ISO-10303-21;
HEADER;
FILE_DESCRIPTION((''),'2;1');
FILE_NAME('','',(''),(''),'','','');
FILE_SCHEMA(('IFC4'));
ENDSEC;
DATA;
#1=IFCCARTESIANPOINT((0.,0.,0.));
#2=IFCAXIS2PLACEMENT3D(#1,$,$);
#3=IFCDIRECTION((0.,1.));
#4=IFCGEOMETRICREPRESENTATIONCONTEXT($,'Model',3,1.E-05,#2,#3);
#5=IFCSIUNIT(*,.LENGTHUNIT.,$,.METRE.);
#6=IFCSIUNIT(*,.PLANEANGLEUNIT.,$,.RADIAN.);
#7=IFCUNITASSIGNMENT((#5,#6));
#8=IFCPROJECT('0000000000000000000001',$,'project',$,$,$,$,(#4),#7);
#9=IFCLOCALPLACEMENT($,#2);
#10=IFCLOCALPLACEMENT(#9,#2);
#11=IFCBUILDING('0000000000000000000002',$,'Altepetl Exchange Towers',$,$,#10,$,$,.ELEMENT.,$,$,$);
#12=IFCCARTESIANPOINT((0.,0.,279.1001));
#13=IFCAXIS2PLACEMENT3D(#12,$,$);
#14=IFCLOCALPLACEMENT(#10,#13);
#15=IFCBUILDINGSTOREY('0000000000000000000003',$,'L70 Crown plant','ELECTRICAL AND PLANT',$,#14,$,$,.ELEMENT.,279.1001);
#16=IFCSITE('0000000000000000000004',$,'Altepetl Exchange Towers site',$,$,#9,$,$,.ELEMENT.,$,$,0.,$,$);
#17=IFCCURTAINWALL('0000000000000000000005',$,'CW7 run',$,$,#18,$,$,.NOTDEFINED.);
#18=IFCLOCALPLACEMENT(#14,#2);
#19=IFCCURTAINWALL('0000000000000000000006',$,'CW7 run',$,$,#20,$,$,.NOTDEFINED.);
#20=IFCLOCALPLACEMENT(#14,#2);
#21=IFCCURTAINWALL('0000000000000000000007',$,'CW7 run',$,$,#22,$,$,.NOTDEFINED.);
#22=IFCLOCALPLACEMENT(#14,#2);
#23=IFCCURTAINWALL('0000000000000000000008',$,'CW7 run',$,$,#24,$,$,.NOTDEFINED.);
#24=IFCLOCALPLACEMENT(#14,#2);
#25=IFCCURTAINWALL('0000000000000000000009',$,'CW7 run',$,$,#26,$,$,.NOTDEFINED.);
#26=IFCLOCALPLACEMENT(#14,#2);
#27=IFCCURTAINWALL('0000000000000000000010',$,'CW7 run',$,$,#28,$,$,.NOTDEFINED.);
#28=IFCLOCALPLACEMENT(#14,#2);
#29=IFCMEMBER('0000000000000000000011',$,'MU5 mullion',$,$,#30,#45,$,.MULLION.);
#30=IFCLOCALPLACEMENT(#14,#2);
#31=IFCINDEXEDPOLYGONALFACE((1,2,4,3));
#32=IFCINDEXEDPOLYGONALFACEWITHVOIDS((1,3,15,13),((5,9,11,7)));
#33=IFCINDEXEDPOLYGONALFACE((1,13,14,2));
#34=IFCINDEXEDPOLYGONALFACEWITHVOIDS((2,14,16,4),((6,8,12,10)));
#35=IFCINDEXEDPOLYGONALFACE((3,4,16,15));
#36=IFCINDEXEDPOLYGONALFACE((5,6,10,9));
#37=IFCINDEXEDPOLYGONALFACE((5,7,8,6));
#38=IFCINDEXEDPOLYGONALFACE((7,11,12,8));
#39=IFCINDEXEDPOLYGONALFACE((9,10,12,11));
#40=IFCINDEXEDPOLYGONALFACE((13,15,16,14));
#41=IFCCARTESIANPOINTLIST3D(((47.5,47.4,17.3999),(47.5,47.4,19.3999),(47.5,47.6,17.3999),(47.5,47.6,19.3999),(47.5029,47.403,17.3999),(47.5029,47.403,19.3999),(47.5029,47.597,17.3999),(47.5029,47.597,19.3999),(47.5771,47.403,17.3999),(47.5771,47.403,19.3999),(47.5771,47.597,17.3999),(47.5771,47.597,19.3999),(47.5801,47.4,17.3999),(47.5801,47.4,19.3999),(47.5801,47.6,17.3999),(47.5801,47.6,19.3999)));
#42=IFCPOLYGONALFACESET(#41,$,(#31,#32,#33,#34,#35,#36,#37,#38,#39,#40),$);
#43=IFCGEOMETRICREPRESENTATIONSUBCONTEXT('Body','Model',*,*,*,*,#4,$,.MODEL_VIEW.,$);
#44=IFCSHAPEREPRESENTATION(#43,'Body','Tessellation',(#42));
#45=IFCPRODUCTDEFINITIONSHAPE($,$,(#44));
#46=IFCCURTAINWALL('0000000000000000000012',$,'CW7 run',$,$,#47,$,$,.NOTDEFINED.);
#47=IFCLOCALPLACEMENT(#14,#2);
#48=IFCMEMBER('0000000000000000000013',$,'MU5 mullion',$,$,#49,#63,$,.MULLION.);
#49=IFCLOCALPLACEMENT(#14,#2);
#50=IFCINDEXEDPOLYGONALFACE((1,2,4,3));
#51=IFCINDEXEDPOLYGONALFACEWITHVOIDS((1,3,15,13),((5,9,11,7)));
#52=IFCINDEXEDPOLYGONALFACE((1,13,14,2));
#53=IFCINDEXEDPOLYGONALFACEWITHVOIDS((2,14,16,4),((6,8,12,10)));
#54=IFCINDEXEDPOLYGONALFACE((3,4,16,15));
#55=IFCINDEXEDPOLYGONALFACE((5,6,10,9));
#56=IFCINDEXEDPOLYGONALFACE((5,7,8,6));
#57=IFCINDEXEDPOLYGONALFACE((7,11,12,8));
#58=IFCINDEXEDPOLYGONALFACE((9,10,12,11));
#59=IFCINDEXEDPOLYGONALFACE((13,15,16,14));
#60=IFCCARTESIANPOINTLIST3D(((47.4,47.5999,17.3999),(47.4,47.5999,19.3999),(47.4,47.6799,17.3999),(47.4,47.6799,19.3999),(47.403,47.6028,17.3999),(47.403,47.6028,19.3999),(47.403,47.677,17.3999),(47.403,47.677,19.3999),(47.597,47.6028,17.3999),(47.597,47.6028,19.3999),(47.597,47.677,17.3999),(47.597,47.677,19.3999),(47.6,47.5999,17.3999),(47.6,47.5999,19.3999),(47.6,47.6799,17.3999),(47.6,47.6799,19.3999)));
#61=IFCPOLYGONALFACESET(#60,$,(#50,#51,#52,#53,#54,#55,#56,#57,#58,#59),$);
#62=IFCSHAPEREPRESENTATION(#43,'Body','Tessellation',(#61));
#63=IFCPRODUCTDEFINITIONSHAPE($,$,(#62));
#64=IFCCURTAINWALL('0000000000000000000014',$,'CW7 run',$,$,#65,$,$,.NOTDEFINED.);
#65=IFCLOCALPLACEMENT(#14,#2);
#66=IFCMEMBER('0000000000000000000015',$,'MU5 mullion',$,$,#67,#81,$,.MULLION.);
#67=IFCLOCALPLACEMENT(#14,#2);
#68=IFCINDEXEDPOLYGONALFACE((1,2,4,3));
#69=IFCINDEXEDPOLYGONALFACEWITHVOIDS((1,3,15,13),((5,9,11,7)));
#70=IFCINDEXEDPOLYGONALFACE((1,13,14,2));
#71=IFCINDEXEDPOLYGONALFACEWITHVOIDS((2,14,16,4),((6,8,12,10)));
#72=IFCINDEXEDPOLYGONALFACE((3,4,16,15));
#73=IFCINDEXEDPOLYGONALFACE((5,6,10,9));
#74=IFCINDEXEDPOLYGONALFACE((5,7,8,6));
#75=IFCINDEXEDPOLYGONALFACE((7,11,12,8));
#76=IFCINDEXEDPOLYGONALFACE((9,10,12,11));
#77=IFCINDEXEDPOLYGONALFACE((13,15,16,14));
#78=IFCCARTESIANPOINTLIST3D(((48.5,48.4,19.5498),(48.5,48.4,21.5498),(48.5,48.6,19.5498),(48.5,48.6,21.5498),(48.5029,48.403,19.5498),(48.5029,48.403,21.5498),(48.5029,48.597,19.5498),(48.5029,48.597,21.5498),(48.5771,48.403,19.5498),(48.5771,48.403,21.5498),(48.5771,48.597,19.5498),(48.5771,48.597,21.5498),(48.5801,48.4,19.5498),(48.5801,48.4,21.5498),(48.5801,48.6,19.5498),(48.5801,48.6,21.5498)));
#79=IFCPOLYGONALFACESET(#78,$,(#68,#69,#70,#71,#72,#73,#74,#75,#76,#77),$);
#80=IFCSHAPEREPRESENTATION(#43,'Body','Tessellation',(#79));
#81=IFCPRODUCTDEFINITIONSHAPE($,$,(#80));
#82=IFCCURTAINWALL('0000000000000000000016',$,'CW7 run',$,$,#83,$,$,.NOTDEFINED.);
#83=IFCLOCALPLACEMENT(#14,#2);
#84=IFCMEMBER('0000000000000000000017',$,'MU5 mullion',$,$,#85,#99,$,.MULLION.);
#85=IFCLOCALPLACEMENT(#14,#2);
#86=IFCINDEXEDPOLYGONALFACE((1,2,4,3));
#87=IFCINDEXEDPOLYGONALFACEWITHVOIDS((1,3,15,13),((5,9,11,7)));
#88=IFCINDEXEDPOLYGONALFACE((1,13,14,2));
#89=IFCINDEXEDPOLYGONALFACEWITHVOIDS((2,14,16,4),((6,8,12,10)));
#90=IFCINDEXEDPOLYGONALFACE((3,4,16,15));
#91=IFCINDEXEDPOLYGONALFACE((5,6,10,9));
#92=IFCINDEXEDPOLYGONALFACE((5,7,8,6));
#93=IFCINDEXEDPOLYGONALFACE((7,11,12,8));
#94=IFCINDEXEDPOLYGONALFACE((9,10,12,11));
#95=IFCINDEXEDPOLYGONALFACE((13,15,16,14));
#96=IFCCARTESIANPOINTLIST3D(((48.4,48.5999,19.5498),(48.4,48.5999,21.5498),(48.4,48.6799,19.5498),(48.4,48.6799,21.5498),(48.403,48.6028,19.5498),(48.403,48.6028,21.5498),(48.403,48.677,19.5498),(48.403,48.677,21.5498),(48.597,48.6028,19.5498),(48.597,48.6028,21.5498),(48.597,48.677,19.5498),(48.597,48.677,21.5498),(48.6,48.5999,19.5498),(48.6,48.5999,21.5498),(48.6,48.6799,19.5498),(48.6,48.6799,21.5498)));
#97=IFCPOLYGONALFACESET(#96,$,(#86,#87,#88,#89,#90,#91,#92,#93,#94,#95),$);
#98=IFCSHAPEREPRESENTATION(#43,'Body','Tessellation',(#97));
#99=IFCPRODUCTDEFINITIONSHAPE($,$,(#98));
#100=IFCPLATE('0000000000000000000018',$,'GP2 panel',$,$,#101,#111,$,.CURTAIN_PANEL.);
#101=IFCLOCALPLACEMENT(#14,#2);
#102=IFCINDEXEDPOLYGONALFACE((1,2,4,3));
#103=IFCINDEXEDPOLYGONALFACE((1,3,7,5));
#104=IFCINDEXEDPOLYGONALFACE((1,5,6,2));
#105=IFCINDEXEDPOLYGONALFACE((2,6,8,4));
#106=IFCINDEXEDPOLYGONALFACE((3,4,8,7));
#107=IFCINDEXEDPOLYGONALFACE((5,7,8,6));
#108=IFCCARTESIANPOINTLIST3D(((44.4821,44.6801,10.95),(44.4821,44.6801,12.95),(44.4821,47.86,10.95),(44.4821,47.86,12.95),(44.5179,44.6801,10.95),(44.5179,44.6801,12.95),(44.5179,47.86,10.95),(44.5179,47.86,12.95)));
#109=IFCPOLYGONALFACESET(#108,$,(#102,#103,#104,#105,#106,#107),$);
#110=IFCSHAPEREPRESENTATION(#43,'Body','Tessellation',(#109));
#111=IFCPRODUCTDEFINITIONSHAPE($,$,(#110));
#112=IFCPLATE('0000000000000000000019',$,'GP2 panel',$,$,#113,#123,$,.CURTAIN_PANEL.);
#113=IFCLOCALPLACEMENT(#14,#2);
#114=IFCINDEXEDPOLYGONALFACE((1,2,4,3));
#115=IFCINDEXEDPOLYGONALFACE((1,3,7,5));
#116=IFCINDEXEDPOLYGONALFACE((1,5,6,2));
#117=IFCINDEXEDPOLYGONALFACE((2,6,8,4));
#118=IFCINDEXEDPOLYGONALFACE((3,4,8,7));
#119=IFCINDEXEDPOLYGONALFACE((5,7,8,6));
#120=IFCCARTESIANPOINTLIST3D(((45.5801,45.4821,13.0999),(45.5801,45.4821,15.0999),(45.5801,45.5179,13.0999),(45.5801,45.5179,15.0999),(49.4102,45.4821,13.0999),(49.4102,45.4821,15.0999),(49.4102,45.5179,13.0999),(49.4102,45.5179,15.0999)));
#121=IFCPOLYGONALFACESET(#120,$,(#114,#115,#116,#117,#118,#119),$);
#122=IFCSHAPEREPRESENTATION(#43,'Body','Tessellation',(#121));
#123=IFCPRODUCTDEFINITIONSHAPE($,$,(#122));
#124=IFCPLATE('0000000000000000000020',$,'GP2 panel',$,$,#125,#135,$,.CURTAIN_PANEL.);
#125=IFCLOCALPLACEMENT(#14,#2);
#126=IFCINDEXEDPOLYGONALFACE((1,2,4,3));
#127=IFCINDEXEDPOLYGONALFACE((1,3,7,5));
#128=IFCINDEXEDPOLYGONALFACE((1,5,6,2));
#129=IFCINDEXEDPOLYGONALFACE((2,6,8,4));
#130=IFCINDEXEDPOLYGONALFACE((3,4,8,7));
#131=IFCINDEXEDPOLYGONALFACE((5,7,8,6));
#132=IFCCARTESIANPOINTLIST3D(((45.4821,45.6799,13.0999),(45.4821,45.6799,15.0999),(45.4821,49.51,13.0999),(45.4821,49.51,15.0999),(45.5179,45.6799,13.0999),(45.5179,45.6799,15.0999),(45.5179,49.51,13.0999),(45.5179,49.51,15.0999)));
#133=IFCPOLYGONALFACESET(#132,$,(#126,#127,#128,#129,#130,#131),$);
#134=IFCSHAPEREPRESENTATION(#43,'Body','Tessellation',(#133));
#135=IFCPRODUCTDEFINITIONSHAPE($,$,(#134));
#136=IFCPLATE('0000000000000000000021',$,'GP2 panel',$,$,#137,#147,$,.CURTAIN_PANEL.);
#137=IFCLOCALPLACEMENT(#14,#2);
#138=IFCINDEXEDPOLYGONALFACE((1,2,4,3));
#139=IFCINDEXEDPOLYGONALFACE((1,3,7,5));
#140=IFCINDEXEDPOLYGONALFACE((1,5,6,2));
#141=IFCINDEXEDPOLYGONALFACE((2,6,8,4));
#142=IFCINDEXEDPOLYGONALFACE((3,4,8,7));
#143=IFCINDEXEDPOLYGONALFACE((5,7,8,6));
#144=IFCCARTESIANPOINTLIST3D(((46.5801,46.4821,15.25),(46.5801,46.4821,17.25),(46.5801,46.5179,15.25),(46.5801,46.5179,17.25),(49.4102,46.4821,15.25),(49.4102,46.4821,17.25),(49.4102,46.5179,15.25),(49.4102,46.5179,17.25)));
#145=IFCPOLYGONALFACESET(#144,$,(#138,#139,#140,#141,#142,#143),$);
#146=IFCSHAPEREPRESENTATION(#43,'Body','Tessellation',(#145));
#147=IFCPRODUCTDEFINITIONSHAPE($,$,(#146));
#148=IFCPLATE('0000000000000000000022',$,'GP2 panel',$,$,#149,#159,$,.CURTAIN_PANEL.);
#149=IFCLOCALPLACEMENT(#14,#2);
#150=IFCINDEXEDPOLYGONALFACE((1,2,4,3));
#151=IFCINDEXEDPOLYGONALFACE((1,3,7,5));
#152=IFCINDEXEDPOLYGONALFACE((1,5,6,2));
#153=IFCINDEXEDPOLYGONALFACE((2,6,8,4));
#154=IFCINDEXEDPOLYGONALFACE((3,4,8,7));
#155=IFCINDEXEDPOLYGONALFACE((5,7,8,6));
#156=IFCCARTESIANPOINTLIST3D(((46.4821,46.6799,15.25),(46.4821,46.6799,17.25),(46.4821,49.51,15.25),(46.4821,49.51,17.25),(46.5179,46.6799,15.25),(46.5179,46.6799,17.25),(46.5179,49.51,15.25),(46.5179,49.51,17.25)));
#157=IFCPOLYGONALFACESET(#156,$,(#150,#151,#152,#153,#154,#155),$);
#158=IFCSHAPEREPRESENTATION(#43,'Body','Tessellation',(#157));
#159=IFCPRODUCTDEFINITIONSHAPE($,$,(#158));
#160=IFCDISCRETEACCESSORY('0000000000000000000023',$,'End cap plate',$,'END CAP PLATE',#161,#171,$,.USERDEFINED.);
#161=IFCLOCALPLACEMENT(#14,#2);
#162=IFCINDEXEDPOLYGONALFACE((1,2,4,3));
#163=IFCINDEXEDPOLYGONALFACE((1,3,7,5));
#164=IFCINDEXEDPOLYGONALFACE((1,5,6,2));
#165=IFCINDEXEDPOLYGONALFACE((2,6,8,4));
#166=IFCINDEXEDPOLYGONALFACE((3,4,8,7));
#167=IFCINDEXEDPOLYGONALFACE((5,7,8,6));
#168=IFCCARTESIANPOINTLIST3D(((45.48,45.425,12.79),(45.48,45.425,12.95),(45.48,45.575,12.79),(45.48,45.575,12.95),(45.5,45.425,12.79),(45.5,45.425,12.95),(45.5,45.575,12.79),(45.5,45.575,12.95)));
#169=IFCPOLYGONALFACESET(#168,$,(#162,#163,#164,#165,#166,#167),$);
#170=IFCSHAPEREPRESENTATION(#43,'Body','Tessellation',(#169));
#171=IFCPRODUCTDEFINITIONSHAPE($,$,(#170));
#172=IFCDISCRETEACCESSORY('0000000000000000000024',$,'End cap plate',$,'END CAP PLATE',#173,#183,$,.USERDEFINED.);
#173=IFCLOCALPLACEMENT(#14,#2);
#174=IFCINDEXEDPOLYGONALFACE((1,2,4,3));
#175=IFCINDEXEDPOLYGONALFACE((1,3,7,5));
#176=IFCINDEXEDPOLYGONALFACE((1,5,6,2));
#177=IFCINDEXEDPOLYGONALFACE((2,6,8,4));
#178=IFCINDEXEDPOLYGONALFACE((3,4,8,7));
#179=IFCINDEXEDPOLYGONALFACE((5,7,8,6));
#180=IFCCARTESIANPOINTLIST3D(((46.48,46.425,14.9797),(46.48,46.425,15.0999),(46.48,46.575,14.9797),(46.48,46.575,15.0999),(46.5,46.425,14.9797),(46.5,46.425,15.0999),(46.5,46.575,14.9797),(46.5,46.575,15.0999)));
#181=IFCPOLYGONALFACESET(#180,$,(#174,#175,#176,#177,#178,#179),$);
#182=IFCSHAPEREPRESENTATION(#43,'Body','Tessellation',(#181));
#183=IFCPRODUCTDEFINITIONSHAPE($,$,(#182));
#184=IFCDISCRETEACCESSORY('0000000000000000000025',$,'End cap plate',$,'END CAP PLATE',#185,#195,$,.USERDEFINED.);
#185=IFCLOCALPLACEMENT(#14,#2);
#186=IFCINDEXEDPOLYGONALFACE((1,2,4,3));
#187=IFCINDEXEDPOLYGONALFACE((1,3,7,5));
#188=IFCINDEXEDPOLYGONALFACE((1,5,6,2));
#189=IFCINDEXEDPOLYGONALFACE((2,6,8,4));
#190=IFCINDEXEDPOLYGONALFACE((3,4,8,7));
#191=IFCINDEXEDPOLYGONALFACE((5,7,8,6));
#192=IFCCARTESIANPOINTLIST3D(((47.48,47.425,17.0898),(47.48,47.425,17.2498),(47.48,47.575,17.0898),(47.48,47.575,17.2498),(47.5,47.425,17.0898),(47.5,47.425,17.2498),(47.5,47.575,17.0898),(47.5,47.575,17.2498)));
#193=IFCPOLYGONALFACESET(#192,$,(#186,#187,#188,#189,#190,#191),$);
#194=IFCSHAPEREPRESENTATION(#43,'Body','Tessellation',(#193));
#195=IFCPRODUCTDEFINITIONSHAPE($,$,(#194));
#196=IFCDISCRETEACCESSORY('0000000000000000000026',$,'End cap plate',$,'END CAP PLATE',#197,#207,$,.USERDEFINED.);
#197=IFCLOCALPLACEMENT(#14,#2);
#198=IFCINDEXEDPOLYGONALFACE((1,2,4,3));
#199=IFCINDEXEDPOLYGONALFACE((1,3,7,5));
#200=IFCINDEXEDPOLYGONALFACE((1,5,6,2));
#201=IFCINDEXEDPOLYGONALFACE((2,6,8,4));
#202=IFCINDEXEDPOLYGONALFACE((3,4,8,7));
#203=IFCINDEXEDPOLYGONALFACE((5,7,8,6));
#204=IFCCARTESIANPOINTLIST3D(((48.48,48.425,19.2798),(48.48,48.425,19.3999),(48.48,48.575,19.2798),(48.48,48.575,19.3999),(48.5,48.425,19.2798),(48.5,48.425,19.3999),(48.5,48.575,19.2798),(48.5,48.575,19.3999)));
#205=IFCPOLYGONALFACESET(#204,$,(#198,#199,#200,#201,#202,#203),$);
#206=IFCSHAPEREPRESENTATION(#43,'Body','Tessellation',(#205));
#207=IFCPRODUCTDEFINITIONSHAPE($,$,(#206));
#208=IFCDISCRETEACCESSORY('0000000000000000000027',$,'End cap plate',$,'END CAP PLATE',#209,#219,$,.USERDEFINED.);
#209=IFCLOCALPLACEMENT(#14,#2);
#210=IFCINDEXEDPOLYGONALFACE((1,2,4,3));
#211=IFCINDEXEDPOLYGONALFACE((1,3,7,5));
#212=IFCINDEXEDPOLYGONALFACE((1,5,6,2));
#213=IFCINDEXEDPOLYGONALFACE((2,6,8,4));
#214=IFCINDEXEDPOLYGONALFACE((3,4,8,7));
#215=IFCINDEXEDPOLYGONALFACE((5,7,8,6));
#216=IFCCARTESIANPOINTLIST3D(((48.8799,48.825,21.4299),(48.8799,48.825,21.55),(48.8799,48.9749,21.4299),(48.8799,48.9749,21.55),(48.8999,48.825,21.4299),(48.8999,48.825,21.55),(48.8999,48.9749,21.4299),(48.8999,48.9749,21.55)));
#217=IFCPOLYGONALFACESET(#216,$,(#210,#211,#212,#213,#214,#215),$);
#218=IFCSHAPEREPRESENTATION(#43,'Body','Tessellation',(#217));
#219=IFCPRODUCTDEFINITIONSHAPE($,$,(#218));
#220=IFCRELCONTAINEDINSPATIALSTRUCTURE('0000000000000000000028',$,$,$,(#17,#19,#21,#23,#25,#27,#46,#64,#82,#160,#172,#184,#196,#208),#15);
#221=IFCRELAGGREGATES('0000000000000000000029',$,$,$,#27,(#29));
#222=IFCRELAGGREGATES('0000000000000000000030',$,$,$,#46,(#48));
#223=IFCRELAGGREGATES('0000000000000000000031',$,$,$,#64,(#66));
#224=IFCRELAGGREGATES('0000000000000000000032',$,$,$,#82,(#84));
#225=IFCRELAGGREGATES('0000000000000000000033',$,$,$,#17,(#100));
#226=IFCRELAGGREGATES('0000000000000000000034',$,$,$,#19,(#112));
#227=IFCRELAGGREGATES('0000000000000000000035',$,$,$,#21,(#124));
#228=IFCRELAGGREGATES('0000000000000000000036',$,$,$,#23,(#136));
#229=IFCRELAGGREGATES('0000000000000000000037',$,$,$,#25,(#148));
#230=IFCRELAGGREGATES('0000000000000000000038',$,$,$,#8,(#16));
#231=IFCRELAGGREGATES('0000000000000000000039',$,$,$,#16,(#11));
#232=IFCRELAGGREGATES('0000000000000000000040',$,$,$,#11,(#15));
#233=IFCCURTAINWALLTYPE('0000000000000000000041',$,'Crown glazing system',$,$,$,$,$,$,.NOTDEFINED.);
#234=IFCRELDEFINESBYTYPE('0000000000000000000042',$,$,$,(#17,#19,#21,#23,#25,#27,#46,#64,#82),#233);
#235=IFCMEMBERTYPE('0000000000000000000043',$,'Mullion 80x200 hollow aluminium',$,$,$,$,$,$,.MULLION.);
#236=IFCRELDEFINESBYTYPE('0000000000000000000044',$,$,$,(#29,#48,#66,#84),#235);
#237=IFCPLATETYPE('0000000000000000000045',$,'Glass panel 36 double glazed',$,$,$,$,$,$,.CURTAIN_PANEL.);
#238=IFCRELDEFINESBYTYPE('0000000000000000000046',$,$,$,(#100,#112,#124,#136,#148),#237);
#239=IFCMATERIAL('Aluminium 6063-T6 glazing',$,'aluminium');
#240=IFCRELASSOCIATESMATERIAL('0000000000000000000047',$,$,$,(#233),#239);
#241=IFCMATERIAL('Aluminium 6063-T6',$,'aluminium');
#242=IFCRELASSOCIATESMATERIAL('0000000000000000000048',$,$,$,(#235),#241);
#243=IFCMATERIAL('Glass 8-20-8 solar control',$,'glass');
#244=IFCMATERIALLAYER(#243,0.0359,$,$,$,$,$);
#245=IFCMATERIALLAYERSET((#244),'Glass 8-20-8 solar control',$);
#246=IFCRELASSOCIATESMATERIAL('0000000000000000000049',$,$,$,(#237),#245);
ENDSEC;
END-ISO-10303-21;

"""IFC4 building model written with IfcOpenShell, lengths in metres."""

from ifc_helpers import new_model, si_unit, direction, frame, origin, origin_2d, place, context, subcontext, project, spatial, rectangle, hollow_rectangle, extrude, material, layer, layer_set, material_profile, profile_set, type_object, element, aggregate, save


model = new_model("IFC4")

# Units and contexts
model_context = context("Model", 3, precision=1e-05, world=origin(), true_north=direction((0.0, 1.0)))
body_context = subcontext(model_context, "Body", "Model", "MODEL_VIEW")
ifc_project = project(units=[si_unit("LENGTHUNIT", "METRE"), si_unit("PLANEANGLEUNIT", "RADIAN")], contexts=[model_context])

# Site, building, storey
site_placement = place(None, origin())
site = spatial("IfcSite", under=ifc_project, at=site_placement, Name="Altepetl Exchange Towers site", CompositionType="ELEMENT", RefElevation=0.0)
building_placement = place(site_placement, origin())
building = spatial("IfcBuilding", under=site, at=building_placement, Name="Altepetl Exchange Towers", CompositionType="ELEMENT")
storey_placement = place(building_placement, frame((0.0, 0.0, 279.1001)))
storey = spatial("IfcBuildingStorey", under=building, at=storey_placement, Name="L70 Crown plant", Description="ELECTRICAL AND PLANT", CompositionType="ELEMENT", Elevation=279.1001)

# Curtain wall
ifc_material_1 = material(Name="Aluminium 6063-T6 glazing", Category="aluminium")
curtain_wall_type = type_object("IfcCurtainWallType", Name="Crown glazing system", PredefinedType="NOTDEFINED", material=ifc_material_1)
curtain_wall_1_placement = place(storey_placement, origin())
curtain_wall_1 = element("IfcCurtainWall", 1, at=curtain_wall_1_placement, inside=storey, type_object=curtain_wall_type, Name="CW7 run", PredefinedType="NOTDEFINED")
ifc_material_2 = material(Name="Aluminium 6063-T6", Category="aluminium")
ifc_material_profile_1 = material_profile(ifc_material_2, hollow_rectangle(XDim=0.0801, YDim=0.2, WallThickness=0.0029, at=origin_2d()), Name="Mullion 80x200 hollow aluminium")
ifc_profile_set_1 = profile_set([ifc_material_profile_1], Name="Aluminium 6063-T6")
member_type = type_object("IfcMemberType", Name="Mullion 80x200 hollow aluminium", PredefinedType="MULLION", material=ifc_profile_set_1)

# Curtain wall
curtain_wall_2_placement = place(storey_placement, origin())
curtain_wall_2 = element("IfcCurtainWall", 2, at=curtain_wall_2_placement, inside=storey, type_object=curtain_wall_type, Name="CW7 run", PredefinedType="NOTDEFINED")

# Curtain walls, members
curtain_wall_3_placement = place(storey_placement, origin())
curtain_wall_3 = element("IfcCurtainWall", 3, at=curtain_wall_3_placement, inside=storey, type_object=curtain_wall_type, Name="CW7 run", PredefinedType="NOTDEFINED")
curtain_wall_4_placement = place(storey_placement, origin())
curtain_wall_4 = element("IfcCurtainWall", 4, at=curtain_wall_4_placement, inside=storey, type_object=curtain_wall_type, Name="CW7 run", PredefinedType="NOTDEFINED")
curtain_wall_5_placement = place(storey_placement, origin())
curtain_wall_5 = element("IfcCurtainWall", 5, at=curtain_wall_5_placement, inside=storey, type_object=curtain_wall_type, Name="CW7 run", PredefinedType="NOTDEFINED")
curtain_wall_6_placement = place(storey_placement, origin())
curtain_wall_6 = element("IfcCurtainWall", 6, at=curtain_wall_6_placement, inside=storey, type_object=curtain_wall_type, Name="CW7 run", PredefinedType="NOTDEFINED")
member_1_placement = place(storey_placement, frame((47.54, 47.5, 17.3999)))
member_1 = element("IfcMember", 7, at=member_1_placement, type_object=member_type, Name="MU5 mullion", PredefinedType="MULLION", context=body_context, shape_type="SweptSolid", body=[
    extrude(hollow_rectangle(XDim=0.0801, YDim=0.2, WallThickness=0.0029, at=origin_2d()), origin(), (0.0, 0.0, 1.0), 2.0),
])
aggregate(curtain_wall_6, [member_1])
curtain_wall_7_placement = place(storey_placement, origin())
curtain_wall_7 = element("IfcCurtainWall", 8, at=curtain_wall_7_placement, inside=storey, type_object=curtain_wall_type, Name="CW7 run", PredefinedType="NOTDEFINED")
member_2_placement = place(storey_placement, frame((47.5, 47.6399, 17.3999), z_axis=(0.0, 0.0, 1.0), x_axis=(0.0, -1.0, 0.0)))
member_2 = element("IfcMember", 9, at=member_2_placement, type_object=member_type, Name="MU5 mullion", PredefinedType="MULLION", context=body_context, shape_type="SweptSolid", body=[
    extrude(hollow_rectangle(XDim=0.0801, YDim=0.2, WallThickness=0.0029, at=origin_2d()), origin(), (0.0, 0.0, 1.0), 2.0),
])
aggregate(curtain_wall_7, [member_2])
curtain_wall_8_placement = place(storey_placement, origin())
curtain_wall_8 = element("IfcCurtainWall", 10, at=curtain_wall_8_placement, inside=storey, type_object=curtain_wall_type, Name="CW7 run", PredefinedType="NOTDEFINED")
member_3_placement = place(storey_placement, frame((48.54, 48.5, 19.5498)))
member_3 = element("IfcMember", 11, at=member_3_placement, type_object=member_type, Name="MU5 mullion", PredefinedType="MULLION", context=body_context, shape_type="SweptSolid", body=[
    extrude(hollow_rectangle(XDim=0.0801, YDim=0.2, WallThickness=0.0029, at=origin_2d()), origin(), (0.0, 0.0, 1.0), 2.0),
])
aggregate(curtain_wall_8, [member_3])
curtain_wall_9_placement = place(storey_placement, origin())
curtain_wall_9 = element("IfcCurtainWall", 12, at=curtain_wall_9_placement, inside=storey, type_object=curtain_wall_type, Name="CW7 run", PredefinedType="NOTDEFINED")
member_4_placement = place(storey_placement, frame((48.5, 48.6399, 19.5498), z_axis=(0.0, 0.0, 1.0), x_axis=(0.0, -1.0, 0.0)))
member_4 = element("IfcMember", 13, at=member_4_placement, type_object=member_type, Name="MU5 mullion", PredefinedType="MULLION", context=body_context, shape_type="SweptSolid", body=[
    extrude(hollow_rectangle(XDim=0.0801, YDim=0.2, WallThickness=0.0029, at=origin_2d()), origin(), (0.0, 0.0, 1.0), 2.0),
])
aggregate(curtain_wall_9, [member_4])

# Plates
ifc_material_3 = material(Name="Glass 8-20-8 solar control", Category="glass")
ifc_layer = layer(ifc_material_3, 0.0359)
ifc_layer_set = layer_set([ifc_layer], Name="Glass 8-20-8 solar control")
plate_type = type_object("IfcPlateType", Name="Glass panel 36 double glazed", PredefinedType="CURTAIN_PANEL", material=ifc_layer_set)
plate_1_placement = place(storey_placement, frame((44.5, 46.27, 10.95), z_axis=(0.0, 0.0, 1.0), x_axis=(0.0, -1.0, 0.0)))
plate_1 = element("IfcPlate", 14, at=plate_1_placement, type_object=plate_type, Name="GP2 panel", PredefinedType="CURTAIN_PANEL", context=body_context, shape_type="SweptSolid", body=[
    extrude(rectangle(XDim=3.1799, YDim=0.0359, at=origin_2d()), origin(), (0.0, 0.0, 1.0), 2.0),
])
aggregate(curtain_wall_1, [plate_1])
plate_2_placement = place(storey_placement, frame((47.4951, 45.5, 13.0999)))
plate_2 = element("IfcPlate", 15, at=plate_2_placement, type_object=plate_type, Name="GP2 panel", PredefinedType="CURTAIN_PANEL", context=body_context, shape_type="SweptSolid", body=[
    extrude(rectangle(XDim=3.8301, YDim=0.0359, at=origin_2d()), origin(), (0.0, 0.0, 1.0), 2.0),
])
aggregate(curtain_wall_2, [plate_2])
plate_3_placement = place(storey_placement, frame((45.5, 47.595, 13.0999), z_axis=(0.0, 0.0, 1.0), x_axis=(0.0, -1.0, 0.0)))
plate_3 = element("IfcPlate", 16, at=plate_3_placement, type_object=plate_type, Name="GP2 panel", PredefinedType="CURTAIN_PANEL", context=body_context, shape_type="SweptSolid", body=[
    extrude(rectangle(XDim=3.8301, YDim=0.0359, at=origin_2d()), origin(), (0.0, 0.0, 1.0), 2.0),
])
aggregate(curtain_wall_3, [plate_3])
plate_4_placement = place(storey_placement, frame((47.9951, 46.5, 15.25)))
plate_4 = element("IfcPlate", 17, at=plate_4_placement, type_object=plate_type, Name="GP2 panel", PredefinedType="CURTAIN_PANEL", context=body_context, shape_type="SweptSolid", body=[
    extrude(rectangle(XDim=2.8301, YDim=0.0359, at=origin_2d()), origin(), (0.0, 0.0, 1.0), 2.0),
])
aggregate(curtain_wall_4, [plate_4])
plate_5_placement = place(storey_placement, frame((46.5, 48.095, 15.25), z_axis=(0.0, 0.0, 1.0), x_axis=(0.0, -1.0, 0.0)))
plate_5 = element("IfcPlate", 18, at=plate_5_placement, type_object=plate_type, Name="GP2 panel", PredefinedType="CURTAIN_PANEL", context=body_context, shape_type="SweptSolid", body=[
    extrude(rectangle(XDim=2.8301, YDim=0.0359, at=origin_2d()), origin(), (0.0, 0.0, 1.0), 2.0),
])
aggregate(curtain_wall_5, [plate_5])

# Discrete accessories
discrete_accessory_1_placement = place(storey_placement, frame((45.49, 45.5, 12.79), z_axis=(0.0, 0.0, 1.0), x_axis=(-1.0, 0.0, 0.0)))
element("IfcDiscreteAccessory", 19, at=discrete_accessory_1_placement, inside=storey, Name="End cap plate", ObjectType="END CAP PLATE", PredefinedType="USERDEFINED", context=body_context, shape_type="SweptSolid", body=[
    extrude(rectangle(XDim=0.02, YDim=0.1499, at=origin_2d()), origin(), (0.0, 0.0, 1.0), 0.1599),
])
discrete_accessory_2_placement = place(storey_placement, frame((46.49, 46.5, 14.9797), z_axis=(0.0, 0.0, 1.0), x_axis=(-1.0, 0.0, 0.0)))
element("IfcDiscreteAccessory", 20, at=discrete_accessory_2_placement, inside=storey, Name="End cap plate", ObjectType="END CAP PLATE", PredefinedType="USERDEFINED", context=body_context, shape_type="SweptSolid", body=[
    extrude(rectangle(XDim=0.02, YDim=0.1499, at=origin_2d()), origin(), (0.0, 0.0, 1.0), 0.1201),
])
discrete_accessory_3_placement = place(storey_placement, frame((47.49, 47.5, 17.0898), z_axis=(0.0, 0.0, 1.0), x_axis=(-1.0, 0.0, 0.0)))
element("IfcDiscreteAccessory", 21, at=discrete_accessory_3_placement, inside=storey, Name="End cap plate", ObjectType="END CAP PLATE", PredefinedType="USERDEFINED", context=body_context, shape_type="SweptSolid", body=[
    extrude(rectangle(XDim=0.02, YDim=0.1499, at=origin_2d()), origin(), (0.0, 0.0, 1.0), 0.1599),
])
for number, where, z_axis, x_axis, name in (
    (22, (48.49, 48.5, 19.2798), (0.0, 0.0, 1.0), (-1.0, 0.0, 0.0), "End cap plate"),
    (23, (48.8899, 48.8999, 21.4299), (0.0, 0.0, 1.0), (-1.0, 0.0, 0.0), "End cap plate"),
):
    element("IfcDiscreteAccessory", number, at=place(storey_placement, frame(where, z_axis=z_axis, x_axis=x_axis)), inside=storey, Name=name, ObjectType="END CAP PLATE", PredefinedType="USERDEFINED", context=body_context, shape_type="SweptSolid", body=[
        extrude(rectangle(XDim=0.02, YDim=0.1499, at=origin_2d()), origin(), (0.0, 0.0, 1.0), 0.1201),
    ])

save(model, "model.ifc")
